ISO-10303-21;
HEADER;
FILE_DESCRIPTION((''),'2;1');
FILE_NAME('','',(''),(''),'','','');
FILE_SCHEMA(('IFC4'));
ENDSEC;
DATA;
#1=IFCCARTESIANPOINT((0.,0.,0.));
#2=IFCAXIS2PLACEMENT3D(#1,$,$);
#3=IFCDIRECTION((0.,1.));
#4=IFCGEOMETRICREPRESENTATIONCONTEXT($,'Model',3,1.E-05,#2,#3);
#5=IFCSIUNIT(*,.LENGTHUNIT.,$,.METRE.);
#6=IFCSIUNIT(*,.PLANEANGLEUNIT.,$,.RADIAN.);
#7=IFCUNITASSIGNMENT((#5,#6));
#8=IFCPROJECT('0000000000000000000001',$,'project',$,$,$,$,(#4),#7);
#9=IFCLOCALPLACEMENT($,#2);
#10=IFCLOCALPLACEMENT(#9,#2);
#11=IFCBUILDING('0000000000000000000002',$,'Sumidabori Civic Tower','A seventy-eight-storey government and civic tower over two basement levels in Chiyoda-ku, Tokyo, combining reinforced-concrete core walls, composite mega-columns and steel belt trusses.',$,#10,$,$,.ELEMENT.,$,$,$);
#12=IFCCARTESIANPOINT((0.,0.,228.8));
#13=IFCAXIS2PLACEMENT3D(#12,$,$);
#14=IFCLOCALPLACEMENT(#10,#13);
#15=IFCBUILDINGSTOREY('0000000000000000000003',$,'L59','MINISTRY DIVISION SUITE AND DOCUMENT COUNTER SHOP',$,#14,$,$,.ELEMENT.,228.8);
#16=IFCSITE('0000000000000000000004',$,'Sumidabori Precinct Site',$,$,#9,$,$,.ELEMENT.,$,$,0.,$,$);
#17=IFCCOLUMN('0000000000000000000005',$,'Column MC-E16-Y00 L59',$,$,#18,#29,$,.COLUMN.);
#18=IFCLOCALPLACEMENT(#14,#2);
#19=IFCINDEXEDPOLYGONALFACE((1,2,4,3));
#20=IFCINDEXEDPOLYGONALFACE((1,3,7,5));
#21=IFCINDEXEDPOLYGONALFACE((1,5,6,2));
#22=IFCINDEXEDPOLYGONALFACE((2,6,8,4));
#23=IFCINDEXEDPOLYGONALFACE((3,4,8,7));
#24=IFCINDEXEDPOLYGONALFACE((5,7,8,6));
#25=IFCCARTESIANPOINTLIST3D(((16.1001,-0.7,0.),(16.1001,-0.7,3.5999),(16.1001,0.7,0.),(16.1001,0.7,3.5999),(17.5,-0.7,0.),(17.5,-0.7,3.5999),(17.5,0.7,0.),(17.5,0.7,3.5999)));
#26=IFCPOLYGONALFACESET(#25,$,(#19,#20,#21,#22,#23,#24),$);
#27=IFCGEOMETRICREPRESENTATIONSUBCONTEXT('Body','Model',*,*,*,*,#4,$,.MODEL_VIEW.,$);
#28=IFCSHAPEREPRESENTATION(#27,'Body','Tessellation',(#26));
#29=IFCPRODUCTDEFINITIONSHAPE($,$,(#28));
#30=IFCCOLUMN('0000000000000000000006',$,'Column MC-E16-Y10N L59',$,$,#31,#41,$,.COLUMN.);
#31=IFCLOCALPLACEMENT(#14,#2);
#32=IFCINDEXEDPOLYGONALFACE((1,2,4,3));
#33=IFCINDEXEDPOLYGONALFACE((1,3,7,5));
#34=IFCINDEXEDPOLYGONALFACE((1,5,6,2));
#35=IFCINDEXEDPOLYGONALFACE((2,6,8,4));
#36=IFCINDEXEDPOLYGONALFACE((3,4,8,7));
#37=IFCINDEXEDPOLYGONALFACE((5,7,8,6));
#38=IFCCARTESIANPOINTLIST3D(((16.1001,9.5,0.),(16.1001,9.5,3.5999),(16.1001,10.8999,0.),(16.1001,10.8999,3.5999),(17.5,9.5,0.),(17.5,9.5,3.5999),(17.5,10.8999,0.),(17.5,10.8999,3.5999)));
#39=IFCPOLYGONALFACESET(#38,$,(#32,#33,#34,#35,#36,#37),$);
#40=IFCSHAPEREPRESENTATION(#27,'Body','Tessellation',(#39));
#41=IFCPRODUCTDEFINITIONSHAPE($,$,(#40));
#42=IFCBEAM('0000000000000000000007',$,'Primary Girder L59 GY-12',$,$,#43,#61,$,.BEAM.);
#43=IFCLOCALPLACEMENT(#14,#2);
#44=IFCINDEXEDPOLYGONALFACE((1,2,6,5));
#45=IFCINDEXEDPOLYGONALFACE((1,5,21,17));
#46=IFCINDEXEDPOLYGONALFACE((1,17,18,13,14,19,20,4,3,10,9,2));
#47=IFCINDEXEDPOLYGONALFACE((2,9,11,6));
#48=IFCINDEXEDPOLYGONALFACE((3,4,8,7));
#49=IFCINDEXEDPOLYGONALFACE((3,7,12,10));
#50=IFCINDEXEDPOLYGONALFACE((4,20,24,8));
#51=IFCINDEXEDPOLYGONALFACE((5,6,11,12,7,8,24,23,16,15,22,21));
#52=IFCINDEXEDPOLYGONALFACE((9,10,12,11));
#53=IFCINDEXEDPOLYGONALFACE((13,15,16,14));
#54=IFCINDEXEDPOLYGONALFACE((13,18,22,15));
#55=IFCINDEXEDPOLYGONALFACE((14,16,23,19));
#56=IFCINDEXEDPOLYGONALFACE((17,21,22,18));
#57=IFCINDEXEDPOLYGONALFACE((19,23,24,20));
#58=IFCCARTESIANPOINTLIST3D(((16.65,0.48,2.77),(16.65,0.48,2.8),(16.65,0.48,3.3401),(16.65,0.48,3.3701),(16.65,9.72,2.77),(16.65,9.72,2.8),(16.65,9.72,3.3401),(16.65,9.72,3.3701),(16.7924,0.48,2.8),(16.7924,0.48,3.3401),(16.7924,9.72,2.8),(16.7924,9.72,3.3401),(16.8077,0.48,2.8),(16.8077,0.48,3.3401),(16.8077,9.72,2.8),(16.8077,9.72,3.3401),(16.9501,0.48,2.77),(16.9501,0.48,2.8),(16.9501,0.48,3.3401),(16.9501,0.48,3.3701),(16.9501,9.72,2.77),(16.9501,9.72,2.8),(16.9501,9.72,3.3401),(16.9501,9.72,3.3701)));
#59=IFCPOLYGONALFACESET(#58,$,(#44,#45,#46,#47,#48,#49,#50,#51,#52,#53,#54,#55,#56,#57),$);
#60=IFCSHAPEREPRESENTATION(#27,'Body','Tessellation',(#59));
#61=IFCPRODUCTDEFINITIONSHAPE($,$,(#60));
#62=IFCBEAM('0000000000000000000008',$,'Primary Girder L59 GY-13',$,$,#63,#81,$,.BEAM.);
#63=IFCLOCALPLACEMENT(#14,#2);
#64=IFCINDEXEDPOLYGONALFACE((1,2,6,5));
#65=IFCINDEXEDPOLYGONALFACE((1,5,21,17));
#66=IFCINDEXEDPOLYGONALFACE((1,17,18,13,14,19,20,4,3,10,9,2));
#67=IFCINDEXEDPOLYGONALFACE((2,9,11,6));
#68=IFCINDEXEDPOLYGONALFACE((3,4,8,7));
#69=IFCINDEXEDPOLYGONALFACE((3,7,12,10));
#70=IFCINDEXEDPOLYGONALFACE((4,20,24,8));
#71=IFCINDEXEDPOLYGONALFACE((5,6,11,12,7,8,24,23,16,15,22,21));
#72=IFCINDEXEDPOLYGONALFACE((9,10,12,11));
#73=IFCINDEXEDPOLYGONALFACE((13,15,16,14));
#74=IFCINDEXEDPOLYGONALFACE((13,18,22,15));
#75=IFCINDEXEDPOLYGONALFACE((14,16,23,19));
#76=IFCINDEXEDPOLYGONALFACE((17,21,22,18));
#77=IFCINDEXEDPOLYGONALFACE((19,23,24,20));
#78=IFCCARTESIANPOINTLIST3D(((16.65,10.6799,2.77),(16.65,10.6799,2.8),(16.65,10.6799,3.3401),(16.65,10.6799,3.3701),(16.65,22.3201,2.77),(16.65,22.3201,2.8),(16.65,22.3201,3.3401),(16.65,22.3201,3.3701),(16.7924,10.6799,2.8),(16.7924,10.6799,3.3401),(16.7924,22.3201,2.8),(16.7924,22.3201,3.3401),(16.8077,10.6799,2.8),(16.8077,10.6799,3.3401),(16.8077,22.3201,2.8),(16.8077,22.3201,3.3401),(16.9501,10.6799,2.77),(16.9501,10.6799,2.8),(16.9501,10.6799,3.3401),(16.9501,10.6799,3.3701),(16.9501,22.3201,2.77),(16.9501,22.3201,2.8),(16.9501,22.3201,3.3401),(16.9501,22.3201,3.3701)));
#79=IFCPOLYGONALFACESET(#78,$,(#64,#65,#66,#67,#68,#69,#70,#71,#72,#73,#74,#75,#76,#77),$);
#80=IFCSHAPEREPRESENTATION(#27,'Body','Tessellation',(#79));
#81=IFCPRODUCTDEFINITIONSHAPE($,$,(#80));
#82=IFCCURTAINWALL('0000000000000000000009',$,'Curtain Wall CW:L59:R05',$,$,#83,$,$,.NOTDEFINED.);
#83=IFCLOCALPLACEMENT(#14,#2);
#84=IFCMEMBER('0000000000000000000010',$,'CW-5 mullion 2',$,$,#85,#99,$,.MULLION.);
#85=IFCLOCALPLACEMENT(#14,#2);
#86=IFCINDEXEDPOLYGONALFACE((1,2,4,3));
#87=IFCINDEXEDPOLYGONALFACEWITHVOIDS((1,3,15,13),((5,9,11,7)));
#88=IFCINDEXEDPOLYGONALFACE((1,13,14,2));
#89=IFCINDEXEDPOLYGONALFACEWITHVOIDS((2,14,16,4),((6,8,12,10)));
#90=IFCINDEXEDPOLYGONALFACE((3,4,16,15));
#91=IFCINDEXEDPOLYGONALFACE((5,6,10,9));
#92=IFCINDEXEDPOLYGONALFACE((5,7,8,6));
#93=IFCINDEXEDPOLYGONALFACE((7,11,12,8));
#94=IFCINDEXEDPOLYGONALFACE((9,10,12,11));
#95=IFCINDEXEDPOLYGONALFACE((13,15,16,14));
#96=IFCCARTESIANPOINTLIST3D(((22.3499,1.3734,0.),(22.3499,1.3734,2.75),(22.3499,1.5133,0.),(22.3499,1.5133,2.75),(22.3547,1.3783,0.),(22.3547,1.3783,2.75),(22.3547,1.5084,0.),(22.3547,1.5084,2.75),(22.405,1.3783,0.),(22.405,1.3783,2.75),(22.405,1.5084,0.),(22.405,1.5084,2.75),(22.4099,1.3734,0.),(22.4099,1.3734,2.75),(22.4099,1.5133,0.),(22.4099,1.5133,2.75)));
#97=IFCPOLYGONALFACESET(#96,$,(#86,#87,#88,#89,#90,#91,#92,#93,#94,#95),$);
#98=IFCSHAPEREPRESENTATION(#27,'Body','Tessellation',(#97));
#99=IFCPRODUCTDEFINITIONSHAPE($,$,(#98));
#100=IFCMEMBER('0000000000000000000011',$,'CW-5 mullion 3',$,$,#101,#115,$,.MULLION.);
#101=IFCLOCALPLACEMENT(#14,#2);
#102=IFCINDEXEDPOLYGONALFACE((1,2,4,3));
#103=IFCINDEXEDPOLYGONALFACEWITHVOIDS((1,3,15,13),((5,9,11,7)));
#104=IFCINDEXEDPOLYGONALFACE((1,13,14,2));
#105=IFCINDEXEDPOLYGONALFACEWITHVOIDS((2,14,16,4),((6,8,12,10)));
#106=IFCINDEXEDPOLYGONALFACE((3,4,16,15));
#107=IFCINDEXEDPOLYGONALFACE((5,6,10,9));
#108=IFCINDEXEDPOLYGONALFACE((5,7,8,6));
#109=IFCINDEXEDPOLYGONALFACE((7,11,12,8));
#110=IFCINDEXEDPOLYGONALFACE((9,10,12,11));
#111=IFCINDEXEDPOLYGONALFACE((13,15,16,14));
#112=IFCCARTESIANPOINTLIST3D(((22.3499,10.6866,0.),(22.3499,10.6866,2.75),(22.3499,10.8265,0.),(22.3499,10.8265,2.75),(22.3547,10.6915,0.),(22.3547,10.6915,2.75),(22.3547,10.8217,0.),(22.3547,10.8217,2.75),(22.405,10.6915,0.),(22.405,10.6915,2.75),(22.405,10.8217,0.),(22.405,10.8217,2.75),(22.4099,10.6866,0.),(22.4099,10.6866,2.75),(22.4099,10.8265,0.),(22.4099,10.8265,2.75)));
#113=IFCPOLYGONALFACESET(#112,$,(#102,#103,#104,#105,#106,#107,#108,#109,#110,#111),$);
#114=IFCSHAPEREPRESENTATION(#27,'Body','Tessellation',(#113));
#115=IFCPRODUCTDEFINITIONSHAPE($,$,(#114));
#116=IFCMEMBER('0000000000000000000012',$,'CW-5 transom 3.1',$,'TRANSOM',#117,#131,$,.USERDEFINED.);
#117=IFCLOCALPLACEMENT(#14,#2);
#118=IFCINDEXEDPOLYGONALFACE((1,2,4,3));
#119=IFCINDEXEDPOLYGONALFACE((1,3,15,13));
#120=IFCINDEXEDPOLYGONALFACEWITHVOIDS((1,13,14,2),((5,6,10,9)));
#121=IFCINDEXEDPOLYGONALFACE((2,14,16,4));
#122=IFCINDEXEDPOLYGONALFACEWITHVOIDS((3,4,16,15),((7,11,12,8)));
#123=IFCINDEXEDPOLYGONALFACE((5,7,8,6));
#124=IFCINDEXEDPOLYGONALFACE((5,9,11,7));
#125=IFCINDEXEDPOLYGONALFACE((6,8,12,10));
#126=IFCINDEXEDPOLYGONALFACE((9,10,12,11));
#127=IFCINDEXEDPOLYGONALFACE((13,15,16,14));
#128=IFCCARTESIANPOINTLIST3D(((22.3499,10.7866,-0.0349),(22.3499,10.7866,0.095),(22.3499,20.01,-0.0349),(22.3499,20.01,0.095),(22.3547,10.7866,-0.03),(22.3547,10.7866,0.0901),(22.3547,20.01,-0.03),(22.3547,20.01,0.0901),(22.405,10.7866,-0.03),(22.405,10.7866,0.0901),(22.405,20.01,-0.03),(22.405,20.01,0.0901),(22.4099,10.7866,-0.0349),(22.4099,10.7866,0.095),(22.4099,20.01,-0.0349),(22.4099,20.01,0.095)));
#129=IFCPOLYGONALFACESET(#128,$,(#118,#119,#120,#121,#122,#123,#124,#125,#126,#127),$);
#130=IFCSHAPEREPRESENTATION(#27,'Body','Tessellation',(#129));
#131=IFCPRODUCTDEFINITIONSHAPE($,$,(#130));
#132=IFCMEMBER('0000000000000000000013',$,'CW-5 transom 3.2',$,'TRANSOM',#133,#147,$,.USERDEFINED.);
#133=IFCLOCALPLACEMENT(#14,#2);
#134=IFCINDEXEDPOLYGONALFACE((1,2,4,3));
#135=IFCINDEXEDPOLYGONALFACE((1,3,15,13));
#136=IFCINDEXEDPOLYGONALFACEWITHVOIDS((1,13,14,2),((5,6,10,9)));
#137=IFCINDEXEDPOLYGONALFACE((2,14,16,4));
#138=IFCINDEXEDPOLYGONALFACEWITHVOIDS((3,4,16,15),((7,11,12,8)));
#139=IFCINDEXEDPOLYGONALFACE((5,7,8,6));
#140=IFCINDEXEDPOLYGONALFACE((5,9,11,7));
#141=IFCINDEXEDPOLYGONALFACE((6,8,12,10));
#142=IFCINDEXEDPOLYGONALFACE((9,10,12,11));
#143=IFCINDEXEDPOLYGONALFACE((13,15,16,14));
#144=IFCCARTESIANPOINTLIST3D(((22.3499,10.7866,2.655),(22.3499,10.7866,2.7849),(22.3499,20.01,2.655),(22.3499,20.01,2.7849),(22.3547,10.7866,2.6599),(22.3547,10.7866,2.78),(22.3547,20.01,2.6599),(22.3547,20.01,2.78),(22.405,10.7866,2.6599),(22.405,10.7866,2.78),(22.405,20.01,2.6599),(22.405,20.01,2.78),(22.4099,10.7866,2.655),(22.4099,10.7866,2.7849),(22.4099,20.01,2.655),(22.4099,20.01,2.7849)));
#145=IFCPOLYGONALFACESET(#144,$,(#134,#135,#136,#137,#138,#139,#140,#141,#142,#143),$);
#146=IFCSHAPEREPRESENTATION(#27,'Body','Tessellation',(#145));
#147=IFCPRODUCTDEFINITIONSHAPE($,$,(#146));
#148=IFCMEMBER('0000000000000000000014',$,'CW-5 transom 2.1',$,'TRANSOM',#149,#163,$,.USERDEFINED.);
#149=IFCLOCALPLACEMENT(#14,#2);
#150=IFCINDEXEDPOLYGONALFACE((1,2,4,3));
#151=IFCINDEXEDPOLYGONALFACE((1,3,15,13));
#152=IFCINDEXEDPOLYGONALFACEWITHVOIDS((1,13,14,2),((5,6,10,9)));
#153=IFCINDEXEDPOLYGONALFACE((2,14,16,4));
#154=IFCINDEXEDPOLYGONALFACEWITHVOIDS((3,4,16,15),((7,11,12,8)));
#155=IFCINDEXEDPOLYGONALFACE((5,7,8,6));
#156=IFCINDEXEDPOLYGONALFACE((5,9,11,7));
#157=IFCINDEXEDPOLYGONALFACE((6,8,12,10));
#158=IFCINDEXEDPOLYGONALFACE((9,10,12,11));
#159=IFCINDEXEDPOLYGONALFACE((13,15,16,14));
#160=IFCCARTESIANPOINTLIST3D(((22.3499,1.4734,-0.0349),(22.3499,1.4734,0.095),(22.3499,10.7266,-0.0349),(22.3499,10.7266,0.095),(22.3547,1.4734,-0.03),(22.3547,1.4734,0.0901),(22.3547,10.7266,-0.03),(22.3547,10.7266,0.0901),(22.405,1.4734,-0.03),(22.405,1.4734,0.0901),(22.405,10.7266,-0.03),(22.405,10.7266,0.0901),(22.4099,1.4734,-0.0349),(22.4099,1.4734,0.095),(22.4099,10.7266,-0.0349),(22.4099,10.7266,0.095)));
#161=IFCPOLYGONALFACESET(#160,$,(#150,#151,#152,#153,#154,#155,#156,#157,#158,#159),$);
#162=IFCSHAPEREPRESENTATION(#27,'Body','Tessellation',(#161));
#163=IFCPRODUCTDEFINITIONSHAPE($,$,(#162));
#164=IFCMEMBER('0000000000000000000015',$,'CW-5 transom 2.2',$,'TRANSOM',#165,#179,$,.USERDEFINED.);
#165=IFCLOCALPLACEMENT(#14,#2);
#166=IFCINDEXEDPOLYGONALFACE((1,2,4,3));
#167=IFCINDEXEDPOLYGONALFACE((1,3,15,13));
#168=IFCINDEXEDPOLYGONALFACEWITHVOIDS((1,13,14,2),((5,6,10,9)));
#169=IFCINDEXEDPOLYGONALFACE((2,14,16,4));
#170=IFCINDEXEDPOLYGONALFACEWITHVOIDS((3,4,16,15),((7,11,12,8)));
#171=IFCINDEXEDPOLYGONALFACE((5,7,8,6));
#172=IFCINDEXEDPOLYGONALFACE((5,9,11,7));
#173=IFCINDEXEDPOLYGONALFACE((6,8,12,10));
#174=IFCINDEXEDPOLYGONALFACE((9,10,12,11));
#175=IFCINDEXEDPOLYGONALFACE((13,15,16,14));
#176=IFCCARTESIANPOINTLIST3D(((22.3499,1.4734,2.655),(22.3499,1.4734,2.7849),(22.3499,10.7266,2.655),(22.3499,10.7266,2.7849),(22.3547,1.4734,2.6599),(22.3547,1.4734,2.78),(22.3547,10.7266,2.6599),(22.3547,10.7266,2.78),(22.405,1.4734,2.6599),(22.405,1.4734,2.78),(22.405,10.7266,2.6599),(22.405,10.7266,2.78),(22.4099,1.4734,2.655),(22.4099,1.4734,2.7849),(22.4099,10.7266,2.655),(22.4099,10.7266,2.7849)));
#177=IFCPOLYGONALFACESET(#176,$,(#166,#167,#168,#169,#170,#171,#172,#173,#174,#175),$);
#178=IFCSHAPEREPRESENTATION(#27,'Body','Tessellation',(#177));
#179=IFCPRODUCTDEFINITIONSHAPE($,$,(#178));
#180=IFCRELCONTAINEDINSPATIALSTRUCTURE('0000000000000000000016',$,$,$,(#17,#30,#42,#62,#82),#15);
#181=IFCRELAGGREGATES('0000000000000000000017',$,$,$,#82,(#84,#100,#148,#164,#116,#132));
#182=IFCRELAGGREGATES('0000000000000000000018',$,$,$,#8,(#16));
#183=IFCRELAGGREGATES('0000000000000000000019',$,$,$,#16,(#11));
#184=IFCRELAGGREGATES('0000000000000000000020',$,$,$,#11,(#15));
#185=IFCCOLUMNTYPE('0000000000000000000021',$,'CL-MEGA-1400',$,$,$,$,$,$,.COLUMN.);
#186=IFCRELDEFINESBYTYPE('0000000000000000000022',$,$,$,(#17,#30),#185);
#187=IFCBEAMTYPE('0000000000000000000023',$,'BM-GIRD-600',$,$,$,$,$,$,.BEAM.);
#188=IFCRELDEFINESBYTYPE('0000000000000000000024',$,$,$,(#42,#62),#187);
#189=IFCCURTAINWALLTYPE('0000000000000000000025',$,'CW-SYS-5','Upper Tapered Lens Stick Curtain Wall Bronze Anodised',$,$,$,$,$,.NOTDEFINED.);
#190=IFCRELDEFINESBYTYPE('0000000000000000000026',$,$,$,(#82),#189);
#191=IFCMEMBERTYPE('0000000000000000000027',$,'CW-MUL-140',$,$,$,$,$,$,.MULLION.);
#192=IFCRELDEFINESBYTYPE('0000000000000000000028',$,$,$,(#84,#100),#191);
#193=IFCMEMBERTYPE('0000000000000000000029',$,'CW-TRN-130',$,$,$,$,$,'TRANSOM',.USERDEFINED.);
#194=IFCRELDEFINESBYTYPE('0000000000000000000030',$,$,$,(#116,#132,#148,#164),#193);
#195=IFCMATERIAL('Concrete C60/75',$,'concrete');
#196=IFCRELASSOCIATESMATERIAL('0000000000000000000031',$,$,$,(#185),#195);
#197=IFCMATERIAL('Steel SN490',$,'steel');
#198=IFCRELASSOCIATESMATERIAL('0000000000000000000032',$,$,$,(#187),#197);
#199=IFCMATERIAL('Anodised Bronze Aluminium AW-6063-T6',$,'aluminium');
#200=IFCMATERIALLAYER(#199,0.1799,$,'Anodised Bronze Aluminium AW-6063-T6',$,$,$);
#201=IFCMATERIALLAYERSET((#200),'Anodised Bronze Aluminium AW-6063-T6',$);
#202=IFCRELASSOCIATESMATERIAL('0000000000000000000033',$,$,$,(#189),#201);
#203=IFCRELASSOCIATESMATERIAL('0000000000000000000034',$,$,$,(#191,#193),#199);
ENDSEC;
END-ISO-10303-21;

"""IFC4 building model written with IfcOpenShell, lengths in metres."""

from ifc_helpers import new_model, si_unit, direction, frame, origin, origin_2d, place, context, subcontext, project, spatial, rectangle, hollow_rectangle, i_section, extrude, source, transform, mapped, material, layer, layer_set, material_profile, profile_set, type_object, element, aggregate, save


model = new_model("IFC4")

# Units and contexts
model_context = context("Model", 3, precision=1e-05, world=origin(), true_north=direction((0.0, 1.0)))
body_context = subcontext(model_context, "Body", "Model", "MODEL_VIEW")
ifc_project = project(units=[si_unit("LENGTHUNIT", "METRE"), si_unit("PLANEANGLEUNIT", "RADIAN")], contexts=[model_context])

# Site, building, storey
site_placement = place(None, origin())
site = spatial("IfcSite", under=ifc_project, at=site_placement, Name="Sumidabori Precinct Site", CompositionType="ELEMENT", RefElevation=0.0)
building_placement = place(site_placement, origin())
building = spatial("IfcBuilding", under=site, at=building_placement, Name="Sumidabori Civic Tower", Description="A seventy-eight-storey government and civic tower over two basement levels in Chiyoda-ku, Tokyo, combining reinforced-concrete core walls, composite mega-columns and steel belt trusses.", CompositionType="ELEMENT")
storey_placement = place(building_placement, frame((0.0, 0.0, 228.8)))
storey = spatial("IfcBuildingStorey", under=building, at=storey_placement, Name="L59", Description="MINISTRY DIVISION SUITE AND DOCUMENT COUNTER SHOP", CompositionType="ELEMENT", Elevation=228.8)

# Columns
ifc_material_1 = material(Name="Concrete C60/75", Category="concrete")
ifc_material_profile_1 = material_profile(ifc_material_1, rectangle(XDim=1.3999, YDim=1.3999, at=origin_2d()), Name="RC 1400x1400")
ifc_profile_set_1 = profile_set([ifc_material_profile_1], Name="Concrete C60/75")
column_type = type_object("IfcColumnType", Name="CL-MEGA-1400", PredefinedType="COLUMN", material=ifc_profile_set_1)
shared_shape_1 = source(origin(), body_context, "Body", "SweptSolid", [
    extrude(rectangle(XDim=1.3999, YDim=1.3999, at=origin_2d()), origin(), (0.0, 0.0, 1.0), 3.5999),
])
for number, where, z_axis, x_axis, name in (
    (1, (16.8, 0.0, 0.0), (0.0, 0.0, 1.0), (1.0, 0.0, 0.0), "Column MC-E16-Y00 L59"),
    (2, (16.8, 10.2, 0.0), (0.0, 0.0, 1.0), (1.0, 0.0, 0.0), "Column MC-E16-Y10N L59"),
):
    element("IfcColumn", number, at=place(storey_placement, frame(where, z_axis=z_axis, x_axis=x_axis)), inside=storey, type_object=column_type, Name=name, PredefinedType="COLUMN", context=body_context, shape_type="MappedRepresentation", body=[
        mapped(shared_shape_1, transform((0.0, 0.0, 0.0), x_axis=(1.0, 0.0, 0.0), y_axis=(0.0, 1.0, 0.0), z_axis=(0.0, 0.0, 1.0), scale=1.0)),
    ])

# Beams
ifc_material_2 = material(Name="Steel SN490", Category="steel")
ifc_material_profile_2 = material_profile(ifc_material_2, i_section(OverallWidth=0.3, OverallDepth=0.6001, WebThickness=0.0154, FlangeThickness=0.03, at=origin_2d()), Name="HE 600 B")
ifc_profile_set_2 = profile_set([ifc_material_profile_2], Name="Steel SN490")
beam_type = type_object("IfcBeamType", Name="BM-GIRD-600", PredefinedType="BEAM", material=ifc_profile_set_2)
shared_shape_2 = source(origin(), body_context, "Body", "SweptSolid", [
    extrude(i_section(OverallWidth=0.3, OverallDepth=0.6001, WebThickness=0.0154, FlangeThickness=0.03, at=origin_2d()), origin(), (0.0, 0.0, 1.0), 9.24),
])
beam_1_placement = place(storey_placement, frame((16.8, 0.48, 3.0701), z_axis=(0.0, 1.0, 0.0), x_axis=(-1.0, 0.0, 0.0)))
element("IfcBeam", 3, at=beam_1_placement, inside=storey, type_object=beam_type, Name="Primary Girder L59 GY-12", PredefinedType="BEAM", context=body_context, shape_type="MappedRepresentation", body=[
    mapped(shared_shape_2, transform((0.0, 0.0, 0.0), x_axis=(1.0, 0.0, 0.0), y_axis=(0.0, 1.0, 0.0), z_axis=(0.0, 0.0, 1.0), scale=1.0)),
])
shared_shape_3 = source(origin(), body_context, "Body", "SweptSolid", [
    extrude(i_section(OverallWidth=0.3, OverallDepth=0.6001, WebThickness=0.0154, FlangeThickness=0.03, at=origin_2d()), origin(), (0.0, 0.0, 1.0), 11.6401),
])
beam_2_placement = place(storey_placement, frame((16.8, 10.6799, 3.0701), z_axis=(0.0, 1.0, 0.0), x_axis=(-1.0, 0.0, 0.0)))
element("IfcBeam", 4, at=beam_2_placement, inside=storey, type_object=beam_type, Name="Primary Girder L59 GY-13", PredefinedType="BEAM", context=body_context, shape_type="MappedRepresentation", body=[
    mapped(shared_shape_3, transform((0.0, 0.0, 0.0), x_axis=(1.0, 0.0, 0.0), y_axis=(0.0, 1.0, 0.0), z_axis=(0.0, 0.0, 1.0), scale=1.0)),
])

# Curtain wall, members
ifc_material_3 = material(Name="Anodised Bronze Aluminium AW-6063-T6", Category="aluminium")
ifc_layer_1 = layer(ifc_material_3, 0.1799, Name="Anodised Bronze Aluminium AW-6063-T6")
ifc_layer_set_1 = layer_set([ifc_layer_1], Name="Anodised Bronze Aluminium AW-6063-T6")
curtain_wall_type = type_object("IfcCurtainWallType", Name="CW-SYS-5", Description="Upper Tapered Lens Stick Curtain Wall Bronze Anodised", PredefinedType="NOTDEFINED", material=ifc_layer_set_1)
curtain_wall_placement = place(storey_placement, origin())
curtain_wall = element("IfcCurtainWall", 5, at=curtain_wall_placement, inside=storey, type_object=curtain_wall_type, Name="Curtain Wall CW:L59:R05", PredefinedType="NOTDEFINED")
ifc_material_profile_3 = material_profile(ifc_material_3, hollow_rectangle(XDim=0.0601, YDim=0.1399, WallThickness=0.0049, at=origin_2d()), Name="ALU MULLION 140x60")
ifc_profile_set_3 = profile_set([ifc_material_profile_3], Name="Anodised Bronze Aluminium AW-6063-T6")
member_type_1 = type_object("IfcMemberType", Name="CW-MUL-140", PredefinedType="MULLION", material=ifc_profile_set_3)
shared_shape_4 = source(origin(), body_context, "Body", "SweptSolid", [
    extrude(hollow_rectangle(XDim=0.0601, YDim=0.1399, WallThickness=0.0049, at=origin_2d()), origin(), (0.0, 0.0, 1.0), 2.75),
])
member_1_placement = place(storey_placement, frame((22.3799, 1.4434, 0.0), z_axis=(0.0, 0.0, 1.0), x_axis=(-1.0, 0.0, 0.0)))
member_1 = element("IfcMember", 6, at=member_1_placement, type_object=member_type_1, Name="CW-5 mullion 2", PredefinedType="MULLION", context=body_context, shape_type="MappedRepresentation", body=[
    mapped(shared_shape_4, transform((0.0, 0.0, 0.0), x_axis=(1.0, 0.0, 0.0), y_axis=(0.0, 1.0, 0.0), z_axis=(0.0, 0.0, 1.0), scale=1.0)),
])
member_2_placement = place(storey_placement, frame((22.3799, 10.7566, 0.0), z_axis=(0.0, 0.0, 1.0), x_axis=(-1.0, 0.0, 0.0)))
member_2 = element("IfcMember", 7, at=member_2_placement, type_object=member_type_1, Name="CW-5 mullion 3", PredefinedType="MULLION", context=body_context, shape_type="MappedRepresentation", body=[
    mapped(shared_shape_4, transform((0.0, 0.0, 0.0), x_axis=(1.0, 0.0, 0.0), y_axis=(0.0, 1.0, 0.0), z_axis=(0.0, 0.0, 1.0), scale=1.0)),
])
ifc_material_profile_4 = material_profile(ifc_material_3, hollow_rectangle(XDim=0.0601, YDim=0.1299, WallThickness=0.0049, at=origin_2d()), Name="ALU TRANSOM 130x60")
ifc_profile_set_4 = profile_set([ifc_material_profile_4], Name="Anodised Bronze Aluminium AW-6063-T6")
member_type_2 = type_object("IfcMemberType", Name="CW-TRN-130", ElementType="TRANSOM", PredefinedType="USERDEFINED", material=ifc_profile_set_4)
shared_shape_5 = source(origin(), body_context, "Body", "SweptSolid", [
    extrude(hollow_rectangle(XDim=0.0601, YDim=0.1299, WallThickness=0.0049, at=origin_2d()), origin(), (0.0, 0.0, 1.0), 9.2234),
])
member_3_placement = place(storey_placement, frame((22.3799, 10.7866, 0.03), z_axis=(0.0, 1.0, 0.0), x_axis=(-1.0, 0.0, 0.0)))
member_3 = element("IfcMember", 8, at=member_3_placement, type_object=member_type_2, Name="CW-5 transom 3.1", ObjectType="TRANSOM", PredefinedType="USERDEFINED", context=body_context, shape_type="MappedRepresentation", body=[
    mapped(shared_shape_5, transform((0.0, 0.0, 0.0), x_axis=(1.0, 0.0, 0.0), y_axis=(0.0, 1.0, 0.0), z_axis=(0.0, 0.0, 1.0), scale=1.0)),
])
member_4_placement = place(storey_placement, frame((22.3799, 10.7866, 2.72), z_axis=(0.0, 1.0, 0.0), x_axis=(-1.0, 0.0, 0.0)))
member_4 = element("IfcMember", 9, at=member_4_placement, type_object=member_type_2, Name="CW-5 transom 3.2", ObjectType="TRANSOM", PredefinedType="USERDEFINED", context=body_context, shape_type="MappedRepresentation", body=[
    mapped(shared_shape_5, transform((0.0, 0.0, 0.0), x_axis=(1.0, 0.0, 0.0), y_axis=(0.0, 1.0, 0.0), z_axis=(0.0, 0.0, 1.0), scale=1.0)),
])
shared_shape_6 = source(origin(), body_context, "Body", "SweptSolid", [
    extrude(hollow_rectangle(XDim=0.0601, YDim=0.1299, WallThickness=0.0049, at=origin_2d()), origin(), (0.0, 0.0, 1.0), 9.2532),
])
member_5_placement = place(storey_placement, frame((22.3799, 1.4734, 0.03), z_axis=(0.0, 1.0, 0.0), x_axis=(-1.0, 0.0, 0.0)))
member_5 = element("IfcMember", 10, at=member_5_placement, type_object=member_type_2, Name="CW-5 transom 2.1", ObjectType="TRANSOM", PredefinedType="USERDEFINED", context=body_context, shape_type="MappedRepresentation", body=[
    mapped(shared_shape_6, transform((0.0, 0.0, 0.0), x_axis=(1.0, 0.0, 0.0), y_axis=(0.0, 1.0, 0.0), z_axis=(0.0, 0.0, 1.0), scale=1.0)),
])
member_6_placement = place(storey_placement, frame((22.3799, 1.4734, 2.72), z_axis=(0.0, 1.0, 0.0), x_axis=(-1.0, 0.0, 0.0)))
member_6 = element("IfcMember", 11, at=member_6_placement, type_object=member_type_2, Name="CW-5 transom 2.2", ObjectType="TRANSOM", PredefinedType="USERDEFINED", context=body_context, shape_type="MappedRepresentation", body=[
    mapped(shared_shape_6, transform((0.0, 0.0, 0.0), x_axis=(1.0, 0.0, 0.0), y_axis=(0.0, 1.0, 0.0), z_axis=(0.0, 0.0, 1.0), scale=1.0)),
])
aggregate(curtain_wall, [member_1, member_2, member_5, member_6, member_3, member_4])

save(model, "model.ifc")
